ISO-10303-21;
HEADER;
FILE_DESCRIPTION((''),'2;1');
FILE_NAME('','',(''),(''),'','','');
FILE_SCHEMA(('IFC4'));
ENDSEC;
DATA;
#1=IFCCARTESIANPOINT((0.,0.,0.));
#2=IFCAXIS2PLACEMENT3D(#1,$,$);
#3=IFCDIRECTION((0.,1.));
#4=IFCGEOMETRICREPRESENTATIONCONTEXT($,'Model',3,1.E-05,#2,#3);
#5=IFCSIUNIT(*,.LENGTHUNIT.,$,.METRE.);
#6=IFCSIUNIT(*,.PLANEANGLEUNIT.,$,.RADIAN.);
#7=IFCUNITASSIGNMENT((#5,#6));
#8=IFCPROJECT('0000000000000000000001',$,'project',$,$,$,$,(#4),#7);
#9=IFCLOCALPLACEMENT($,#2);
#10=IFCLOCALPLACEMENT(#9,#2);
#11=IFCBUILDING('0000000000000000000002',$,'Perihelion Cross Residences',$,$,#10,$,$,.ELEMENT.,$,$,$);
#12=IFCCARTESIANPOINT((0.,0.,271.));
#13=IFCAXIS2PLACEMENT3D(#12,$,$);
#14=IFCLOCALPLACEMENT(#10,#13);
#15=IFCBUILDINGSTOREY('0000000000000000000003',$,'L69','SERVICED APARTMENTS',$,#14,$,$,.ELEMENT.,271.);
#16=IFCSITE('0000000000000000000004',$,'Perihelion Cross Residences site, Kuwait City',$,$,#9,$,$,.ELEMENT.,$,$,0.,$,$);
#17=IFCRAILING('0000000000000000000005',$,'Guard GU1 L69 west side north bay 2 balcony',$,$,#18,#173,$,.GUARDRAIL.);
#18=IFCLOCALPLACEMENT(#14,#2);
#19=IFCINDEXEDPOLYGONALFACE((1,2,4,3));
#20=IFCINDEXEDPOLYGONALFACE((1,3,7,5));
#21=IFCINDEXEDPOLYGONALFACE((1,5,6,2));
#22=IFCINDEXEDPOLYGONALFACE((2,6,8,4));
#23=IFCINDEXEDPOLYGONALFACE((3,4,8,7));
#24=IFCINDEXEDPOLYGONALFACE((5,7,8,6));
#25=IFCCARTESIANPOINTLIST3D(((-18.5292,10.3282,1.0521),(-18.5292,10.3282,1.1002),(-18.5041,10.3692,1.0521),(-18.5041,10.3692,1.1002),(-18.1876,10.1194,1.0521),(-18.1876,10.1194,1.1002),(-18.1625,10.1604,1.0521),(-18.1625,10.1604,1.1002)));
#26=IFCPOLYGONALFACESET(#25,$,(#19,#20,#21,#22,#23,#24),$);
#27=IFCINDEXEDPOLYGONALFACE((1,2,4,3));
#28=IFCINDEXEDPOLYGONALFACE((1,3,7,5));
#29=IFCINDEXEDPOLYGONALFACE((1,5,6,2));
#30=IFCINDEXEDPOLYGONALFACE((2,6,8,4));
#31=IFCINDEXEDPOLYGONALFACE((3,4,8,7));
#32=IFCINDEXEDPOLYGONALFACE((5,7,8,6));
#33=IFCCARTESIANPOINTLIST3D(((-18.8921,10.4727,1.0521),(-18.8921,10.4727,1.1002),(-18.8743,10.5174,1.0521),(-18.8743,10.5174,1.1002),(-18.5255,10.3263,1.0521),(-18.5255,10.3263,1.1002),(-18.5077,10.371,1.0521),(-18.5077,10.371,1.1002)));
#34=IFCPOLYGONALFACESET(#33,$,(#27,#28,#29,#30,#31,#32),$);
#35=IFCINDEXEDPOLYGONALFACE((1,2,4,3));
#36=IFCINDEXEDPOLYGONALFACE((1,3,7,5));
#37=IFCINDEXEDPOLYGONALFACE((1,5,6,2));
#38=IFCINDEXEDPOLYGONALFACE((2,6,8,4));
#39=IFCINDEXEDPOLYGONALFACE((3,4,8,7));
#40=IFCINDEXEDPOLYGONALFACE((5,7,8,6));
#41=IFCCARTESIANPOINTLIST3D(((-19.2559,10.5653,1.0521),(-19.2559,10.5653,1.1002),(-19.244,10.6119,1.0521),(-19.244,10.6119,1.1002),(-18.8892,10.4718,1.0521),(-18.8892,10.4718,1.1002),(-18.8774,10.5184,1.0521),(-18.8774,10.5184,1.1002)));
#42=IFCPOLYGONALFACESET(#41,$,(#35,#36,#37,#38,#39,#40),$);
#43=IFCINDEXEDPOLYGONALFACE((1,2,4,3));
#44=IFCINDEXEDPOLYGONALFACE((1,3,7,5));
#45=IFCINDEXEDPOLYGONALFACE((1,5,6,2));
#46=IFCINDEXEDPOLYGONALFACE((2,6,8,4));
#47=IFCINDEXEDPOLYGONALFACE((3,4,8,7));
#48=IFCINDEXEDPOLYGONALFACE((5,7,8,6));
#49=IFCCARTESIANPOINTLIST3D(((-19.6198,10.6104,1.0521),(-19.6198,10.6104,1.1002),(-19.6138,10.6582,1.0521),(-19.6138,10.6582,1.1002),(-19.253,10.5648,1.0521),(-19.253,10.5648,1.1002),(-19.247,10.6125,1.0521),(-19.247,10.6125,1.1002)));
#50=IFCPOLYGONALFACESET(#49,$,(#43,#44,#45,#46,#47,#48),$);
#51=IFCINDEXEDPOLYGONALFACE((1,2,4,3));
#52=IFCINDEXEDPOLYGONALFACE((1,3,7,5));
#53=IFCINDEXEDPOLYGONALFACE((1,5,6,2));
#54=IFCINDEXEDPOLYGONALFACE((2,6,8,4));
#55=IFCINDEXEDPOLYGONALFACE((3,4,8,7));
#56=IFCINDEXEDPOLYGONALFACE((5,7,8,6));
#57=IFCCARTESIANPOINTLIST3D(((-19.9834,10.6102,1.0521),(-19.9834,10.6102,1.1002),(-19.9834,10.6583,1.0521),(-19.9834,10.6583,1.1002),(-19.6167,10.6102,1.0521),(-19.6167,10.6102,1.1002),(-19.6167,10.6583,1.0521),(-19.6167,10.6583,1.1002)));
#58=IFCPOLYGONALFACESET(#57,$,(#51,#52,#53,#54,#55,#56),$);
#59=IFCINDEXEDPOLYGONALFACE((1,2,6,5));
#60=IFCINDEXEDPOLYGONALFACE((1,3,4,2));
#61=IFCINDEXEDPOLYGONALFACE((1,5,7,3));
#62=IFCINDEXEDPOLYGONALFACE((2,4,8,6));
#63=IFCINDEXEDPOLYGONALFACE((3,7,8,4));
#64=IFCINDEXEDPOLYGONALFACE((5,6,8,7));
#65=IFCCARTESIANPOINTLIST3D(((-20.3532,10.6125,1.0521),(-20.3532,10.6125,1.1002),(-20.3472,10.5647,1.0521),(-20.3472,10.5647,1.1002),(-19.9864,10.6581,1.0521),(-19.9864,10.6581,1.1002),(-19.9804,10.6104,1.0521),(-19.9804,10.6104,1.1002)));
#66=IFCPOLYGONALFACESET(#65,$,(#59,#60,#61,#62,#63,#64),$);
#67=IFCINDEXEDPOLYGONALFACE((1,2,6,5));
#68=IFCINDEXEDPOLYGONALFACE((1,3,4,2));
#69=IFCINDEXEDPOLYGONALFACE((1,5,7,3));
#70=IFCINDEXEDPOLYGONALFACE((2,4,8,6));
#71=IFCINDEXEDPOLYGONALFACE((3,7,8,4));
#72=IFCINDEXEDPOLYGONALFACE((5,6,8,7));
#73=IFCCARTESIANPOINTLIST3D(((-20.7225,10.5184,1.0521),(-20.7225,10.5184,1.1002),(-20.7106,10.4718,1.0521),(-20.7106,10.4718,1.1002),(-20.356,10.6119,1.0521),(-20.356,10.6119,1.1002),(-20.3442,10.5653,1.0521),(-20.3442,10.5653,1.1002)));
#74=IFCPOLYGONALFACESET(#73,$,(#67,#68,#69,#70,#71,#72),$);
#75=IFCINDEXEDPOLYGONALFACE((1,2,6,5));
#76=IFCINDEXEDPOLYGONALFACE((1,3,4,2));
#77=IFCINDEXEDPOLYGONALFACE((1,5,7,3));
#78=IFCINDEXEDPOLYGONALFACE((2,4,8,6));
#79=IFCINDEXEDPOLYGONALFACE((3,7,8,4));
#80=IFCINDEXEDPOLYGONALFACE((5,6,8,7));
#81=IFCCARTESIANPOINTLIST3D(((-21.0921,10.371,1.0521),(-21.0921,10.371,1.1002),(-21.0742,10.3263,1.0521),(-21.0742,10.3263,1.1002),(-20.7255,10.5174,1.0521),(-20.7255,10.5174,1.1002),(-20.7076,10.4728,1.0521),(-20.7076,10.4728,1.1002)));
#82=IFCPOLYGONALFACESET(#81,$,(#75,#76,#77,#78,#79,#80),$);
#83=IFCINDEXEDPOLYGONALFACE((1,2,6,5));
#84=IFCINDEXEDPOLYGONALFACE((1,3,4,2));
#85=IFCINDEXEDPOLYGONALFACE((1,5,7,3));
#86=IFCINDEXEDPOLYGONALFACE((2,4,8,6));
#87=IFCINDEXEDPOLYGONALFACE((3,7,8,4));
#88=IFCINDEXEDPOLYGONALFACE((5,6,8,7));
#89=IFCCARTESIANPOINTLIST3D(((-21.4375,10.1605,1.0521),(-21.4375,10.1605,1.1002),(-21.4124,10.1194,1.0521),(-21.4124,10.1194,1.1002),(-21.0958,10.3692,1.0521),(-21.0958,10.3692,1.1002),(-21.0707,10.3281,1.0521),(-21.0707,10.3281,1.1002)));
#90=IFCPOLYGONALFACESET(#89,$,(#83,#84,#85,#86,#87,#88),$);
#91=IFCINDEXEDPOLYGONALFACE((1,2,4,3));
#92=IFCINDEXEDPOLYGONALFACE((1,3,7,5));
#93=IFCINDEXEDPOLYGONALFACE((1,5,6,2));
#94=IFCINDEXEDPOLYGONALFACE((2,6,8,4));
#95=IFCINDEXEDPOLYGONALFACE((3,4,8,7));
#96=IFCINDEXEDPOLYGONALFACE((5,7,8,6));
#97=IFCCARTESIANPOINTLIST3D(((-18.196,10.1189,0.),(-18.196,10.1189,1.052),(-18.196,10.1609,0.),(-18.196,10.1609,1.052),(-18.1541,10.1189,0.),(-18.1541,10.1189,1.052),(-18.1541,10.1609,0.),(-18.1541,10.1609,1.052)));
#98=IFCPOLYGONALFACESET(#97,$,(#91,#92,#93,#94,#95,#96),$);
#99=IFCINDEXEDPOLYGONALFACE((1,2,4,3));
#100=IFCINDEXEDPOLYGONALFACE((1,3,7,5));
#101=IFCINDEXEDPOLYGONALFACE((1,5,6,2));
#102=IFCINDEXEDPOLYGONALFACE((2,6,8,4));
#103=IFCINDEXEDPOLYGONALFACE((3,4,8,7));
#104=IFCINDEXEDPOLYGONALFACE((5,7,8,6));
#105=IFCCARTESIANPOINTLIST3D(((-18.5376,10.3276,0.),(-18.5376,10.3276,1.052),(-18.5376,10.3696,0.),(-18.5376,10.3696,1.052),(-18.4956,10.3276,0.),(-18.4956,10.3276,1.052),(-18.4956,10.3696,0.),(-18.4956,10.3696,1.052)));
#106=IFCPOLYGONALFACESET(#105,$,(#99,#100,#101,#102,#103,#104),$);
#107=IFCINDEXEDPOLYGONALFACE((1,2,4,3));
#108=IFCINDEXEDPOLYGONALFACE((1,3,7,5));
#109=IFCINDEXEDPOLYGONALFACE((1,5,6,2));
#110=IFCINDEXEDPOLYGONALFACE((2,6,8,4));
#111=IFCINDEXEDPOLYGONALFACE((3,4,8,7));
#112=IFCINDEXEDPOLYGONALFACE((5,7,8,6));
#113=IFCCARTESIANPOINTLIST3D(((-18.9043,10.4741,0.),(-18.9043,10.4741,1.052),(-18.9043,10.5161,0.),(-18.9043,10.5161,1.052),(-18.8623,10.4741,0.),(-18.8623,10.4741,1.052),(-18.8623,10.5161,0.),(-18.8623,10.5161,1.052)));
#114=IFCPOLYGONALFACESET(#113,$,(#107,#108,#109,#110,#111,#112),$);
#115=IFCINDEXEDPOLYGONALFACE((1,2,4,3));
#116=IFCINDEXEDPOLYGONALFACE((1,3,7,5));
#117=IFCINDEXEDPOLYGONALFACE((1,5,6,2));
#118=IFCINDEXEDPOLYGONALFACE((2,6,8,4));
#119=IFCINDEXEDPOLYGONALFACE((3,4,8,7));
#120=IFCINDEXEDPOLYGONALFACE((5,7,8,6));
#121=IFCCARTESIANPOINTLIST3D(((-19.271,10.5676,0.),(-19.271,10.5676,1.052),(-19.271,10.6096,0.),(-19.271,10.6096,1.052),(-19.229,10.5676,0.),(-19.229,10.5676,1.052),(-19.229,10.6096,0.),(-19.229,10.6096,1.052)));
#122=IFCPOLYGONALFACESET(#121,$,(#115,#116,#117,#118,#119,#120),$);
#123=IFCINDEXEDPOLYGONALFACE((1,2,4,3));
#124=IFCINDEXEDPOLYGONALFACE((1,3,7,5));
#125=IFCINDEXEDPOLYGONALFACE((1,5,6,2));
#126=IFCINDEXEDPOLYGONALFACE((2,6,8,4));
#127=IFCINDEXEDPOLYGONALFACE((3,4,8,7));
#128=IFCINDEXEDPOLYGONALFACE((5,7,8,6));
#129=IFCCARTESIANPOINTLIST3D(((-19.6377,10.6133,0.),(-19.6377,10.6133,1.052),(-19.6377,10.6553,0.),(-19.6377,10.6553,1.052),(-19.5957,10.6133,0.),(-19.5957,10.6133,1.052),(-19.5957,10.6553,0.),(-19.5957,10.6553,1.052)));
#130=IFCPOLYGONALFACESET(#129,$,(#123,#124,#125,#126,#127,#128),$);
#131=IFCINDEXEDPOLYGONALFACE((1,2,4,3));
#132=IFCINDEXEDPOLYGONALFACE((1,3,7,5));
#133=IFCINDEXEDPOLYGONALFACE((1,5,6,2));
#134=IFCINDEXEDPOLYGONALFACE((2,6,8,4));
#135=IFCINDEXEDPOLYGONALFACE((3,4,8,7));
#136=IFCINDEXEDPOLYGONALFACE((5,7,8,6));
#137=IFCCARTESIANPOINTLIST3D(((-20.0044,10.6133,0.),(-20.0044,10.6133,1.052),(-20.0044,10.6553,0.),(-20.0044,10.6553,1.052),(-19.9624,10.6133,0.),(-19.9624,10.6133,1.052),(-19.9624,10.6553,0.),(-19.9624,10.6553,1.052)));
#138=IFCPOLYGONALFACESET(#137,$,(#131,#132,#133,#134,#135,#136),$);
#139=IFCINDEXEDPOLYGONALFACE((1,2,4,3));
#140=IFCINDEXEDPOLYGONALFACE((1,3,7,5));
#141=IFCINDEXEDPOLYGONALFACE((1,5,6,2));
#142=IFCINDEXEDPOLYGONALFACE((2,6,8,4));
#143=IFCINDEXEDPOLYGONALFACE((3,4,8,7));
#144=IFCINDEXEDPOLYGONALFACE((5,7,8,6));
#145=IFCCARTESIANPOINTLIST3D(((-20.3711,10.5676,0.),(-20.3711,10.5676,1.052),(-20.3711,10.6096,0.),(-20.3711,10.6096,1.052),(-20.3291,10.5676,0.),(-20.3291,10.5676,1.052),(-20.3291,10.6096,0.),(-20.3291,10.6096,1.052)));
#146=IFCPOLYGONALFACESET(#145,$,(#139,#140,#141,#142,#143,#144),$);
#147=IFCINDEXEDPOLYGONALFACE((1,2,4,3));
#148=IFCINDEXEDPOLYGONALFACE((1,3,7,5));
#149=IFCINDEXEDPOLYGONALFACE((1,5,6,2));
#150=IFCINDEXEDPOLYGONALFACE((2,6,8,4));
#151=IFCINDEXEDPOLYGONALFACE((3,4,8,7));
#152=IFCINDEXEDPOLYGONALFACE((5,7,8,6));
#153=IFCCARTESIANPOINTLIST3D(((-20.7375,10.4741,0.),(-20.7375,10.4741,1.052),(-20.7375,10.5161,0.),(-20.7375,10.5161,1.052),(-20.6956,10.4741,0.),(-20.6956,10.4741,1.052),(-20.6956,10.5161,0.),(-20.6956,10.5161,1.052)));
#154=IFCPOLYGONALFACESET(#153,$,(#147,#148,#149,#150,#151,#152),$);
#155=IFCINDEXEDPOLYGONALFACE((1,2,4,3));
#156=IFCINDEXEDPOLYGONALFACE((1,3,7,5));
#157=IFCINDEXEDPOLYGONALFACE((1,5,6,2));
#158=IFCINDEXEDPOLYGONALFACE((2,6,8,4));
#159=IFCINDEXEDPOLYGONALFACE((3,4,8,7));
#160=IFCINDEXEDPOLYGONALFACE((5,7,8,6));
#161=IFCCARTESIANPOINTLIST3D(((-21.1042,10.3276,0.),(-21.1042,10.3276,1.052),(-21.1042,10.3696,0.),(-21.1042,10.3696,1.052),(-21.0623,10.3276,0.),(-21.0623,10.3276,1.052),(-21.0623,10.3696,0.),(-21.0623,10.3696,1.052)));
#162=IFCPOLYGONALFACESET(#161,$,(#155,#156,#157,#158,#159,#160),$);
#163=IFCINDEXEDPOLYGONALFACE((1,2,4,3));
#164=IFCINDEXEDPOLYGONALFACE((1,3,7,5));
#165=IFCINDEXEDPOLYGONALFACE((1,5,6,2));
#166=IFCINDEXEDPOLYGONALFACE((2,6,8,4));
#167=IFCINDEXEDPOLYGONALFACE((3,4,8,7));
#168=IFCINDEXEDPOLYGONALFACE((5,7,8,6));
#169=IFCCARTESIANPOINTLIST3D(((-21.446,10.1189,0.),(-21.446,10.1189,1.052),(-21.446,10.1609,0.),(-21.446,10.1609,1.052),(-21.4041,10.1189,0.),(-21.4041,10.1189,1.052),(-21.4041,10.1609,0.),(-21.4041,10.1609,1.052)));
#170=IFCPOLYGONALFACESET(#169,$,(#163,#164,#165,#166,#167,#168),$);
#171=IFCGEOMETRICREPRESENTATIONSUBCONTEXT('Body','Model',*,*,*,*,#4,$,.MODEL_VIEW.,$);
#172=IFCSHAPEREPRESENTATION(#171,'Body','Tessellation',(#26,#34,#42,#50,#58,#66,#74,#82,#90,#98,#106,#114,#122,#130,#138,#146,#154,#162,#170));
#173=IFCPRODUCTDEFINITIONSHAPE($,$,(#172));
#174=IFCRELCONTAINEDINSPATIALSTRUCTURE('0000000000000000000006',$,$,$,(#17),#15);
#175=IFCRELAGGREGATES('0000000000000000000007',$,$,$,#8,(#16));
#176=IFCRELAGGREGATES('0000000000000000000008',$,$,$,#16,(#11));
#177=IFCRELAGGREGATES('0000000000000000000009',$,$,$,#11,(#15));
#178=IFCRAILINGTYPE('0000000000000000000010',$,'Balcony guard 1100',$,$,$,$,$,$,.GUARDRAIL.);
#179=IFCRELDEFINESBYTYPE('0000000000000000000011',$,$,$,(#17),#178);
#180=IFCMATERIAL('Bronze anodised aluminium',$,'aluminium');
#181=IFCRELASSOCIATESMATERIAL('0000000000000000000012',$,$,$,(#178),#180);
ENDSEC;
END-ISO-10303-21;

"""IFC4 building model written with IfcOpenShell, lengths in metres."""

from ifc_helpers import new_model, si_unit, direction, frame, origin, origin_2d, place, context, subcontext, project, spatial, rectangle, extrude, material, type_object, element, save


model = new_model("IFC4")

# Units and contexts
model_context = context("Model", 3, precision=1e-05, world=origin(), true_north=direction((0.0, 1.0)))
body_context = subcontext(model_context, "Body", "Model", "MODEL_VIEW")
ifc_project = project(units=[si_unit("LENGTHUNIT", "METRE"), si_unit("PLANEANGLEUNIT", "RADIAN")], contexts=[model_context])

# Site, building, storey
site_placement = place(None, origin())
site = spatial("IfcSite", under=ifc_project, at=site_placement, Name="Perihelion Cross Residences site, Kuwait City", CompositionType="ELEMENT", RefElevation=0.0)
building_placement = place(site_placement, origin())
building = spatial("IfcBuilding", under=site, at=building_placement, Name="Perihelion Cross Residences", CompositionType="ELEMENT")
storey_placement = place(building_placement, frame((0.0, 0.0, 271.0)))
storey = spatial("IfcBuildingStorey", under=building, at=storey_placement, Name="L69", Description="SERVICED APARTMENTS", CompositionType="ELEMENT", Elevation=271.0)

# Railing
ifc_material_1 = material(Name="Bronze anodised aluminium", Category="aluminium")
railing_type = type_object("IfcRailingType", Name="Balcony guard 1100", PredefinedType="GUARDRAIL", material=ifc_material_1)
railing_placement = place(storey_placement, frame((-18.175, 10.1399, 0.0)))
element("IfcRailing", 1, at=railing_placement, inside=storey, type_object=railing_type, Name="Guard GU1 L69 west side north bay 2 balcony", PredefinedType="GUARDRAIL", context=body_context, shape_type="SweptSolid", body=[
    extrude(rectangle(XDim=0.0481, YDim=0.0481, at=origin_2d()), frame((0.0, 0.0, 1.0762), z_axis=(-0.853267, 0.521475, 0.0), x_axis=(-0.521475, -0.853267, 0.0)), (0.0, 0.0, 1.0), 0.4004),
    extrude(rectangle(XDim=0.0481, YDim=0.0481, at=origin_2d()), frame((-0.3416, 0.2087, 1.0762), z_axis=(-0.928647, 0.370964, 0.0), x_axis=(-0.370964, -0.928647, 0.0)), (0.0, 0.0, 1.0), 0.3948),
    extrude(rectangle(XDim=0.0481, YDim=0.0481, at=origin_2d()), frame((-0.7083, 0.3552, 1.0762), z_axis=(-0.968993, 0.247087, 0.0), x_axis=(-0.247087, -0.968993, 0.0)), (0.0, 0.0, 1.0), 0.3784),
    extrude(rectangle(XDim=0.0481, YDim=0.0481, at=origin_2d()), frame((-1.075, 0.4487, 1.0762), z_axis=(-0.992339, 0.123547, 0.0), x_axis=(-0.123547, -0.992339, 0.0)), (0.0, 0.0, 1.0), 0.3696),
    extrude(rectangle(XDim=0.0481, YDim=0.0481, at=origin_2d()), frame((-1.4417, 0.4944, 1.0762), z_axis=(-1.0, 0.0, 0.0), x_axis=(0.0, -1.0, 0.0)), (0.0, 0.0, 1.0), 0.3667),
    extrude(rectangle(XDim=0.0481, YDim=0.0481, at=origin_2d()), frame((-1.8083, 0.4944, 1.0762), z_axis=(-0.992339, -0.123547, 0.0), x_axis=(0.123547, -0.992339, 0.0)), (0.0, 0.0, 1.0), 0.3696),
    extrude(rectangle(XDim=0.0481, YDim=0.0481, at=origin_2d()), frame((-2.175, 0.4487, 1.0762), z_axis=(-0.968954, -0.247241, 0.0), x_axis=(0.247241, -0.968954, 0.0)), (0.0, 0.0, 1.0), 0.3782),
    extrude(rectangle(XDim=0.0481, YDim=0.0481, at=origin_2d()), frame((-2.5415, 0.3552, 1.0762), z_axis=(-0.928647, -0.370964, 0.0), x_axis=(0.370964, -0.928647, 0.0)), (0.0, 0.0, 1.0), 0.3948),
    extrude(rectangle(XDim=0.0481, YDim=0.0481, at=origin_2d()), frame((-2.9082, 0.2087, 1.0762), z_axis=(-0.853432, -0.521203, 0.0), x_axis=(0.521203, -0.853432, 0.0)), (0.0, 0.0, 1.0), 0.4004),
    extrude(rectangle(XDim=0.042, YDim=0.042, at=origin_2d()), origin(), (0.0, 0.0, 1.0), 1.052),
    extrude(rectangle(XDim=0.042, YDim=0.042, at=origin_2d()), frame((-0.3416, 0.2087, 0.0)), (0.0, 0.0, 1.0), 1.052),
    extrude(rectangle(XDim=0.042, YDim=0.042, at=origin_2d()), frame((-0.7083, 0.3552, 0.0)), (0.0, 0.0, 1.0), 1.052),
    extrude(rectangle(XDim=0.042, YDim=0.042, at=origin_2d()), frame((-1.075, 0.4487, 0.0)), (0.0, 0.0, 1.0), 1.052),
    extrude(rectangle(XDim=0.042, YDim=0.042, at=origin_2d()), frame((-1.4417, 0.4944, 0.0)), (0.0, 0.0, 1.0), 1.052),
    extrude(rectangle(XDim=0.042, YDim=0.042, at=origin_2d()), frame((-1.8083, 0.4944, 0.0)), (0.0, 0.0, 1.0), 1.052),
    extrude(rectangle(XDim=0.042, YDim=0.042, at=origin_2d()), frame((-2.175, 0.4487, 0.0)), (0.0, 0.0, 1.0), 1.052),
    extrude(rectangle(XDim=0.042, YDim=0.042, at=origin_2d()), frame((-2.5415, 0.3552, 0.0)), (0.0, 0.0, 1.0), 1.052),
    extrude(rectangle(XDim=0.042, YDim=0.042, at=origin_2d()), frame((-2.9082, 0.2087, 0.0)), (0.0, 0.0, 1.0), 1.052),
    extrude(rectangle(XDim=0.042, YDim=0.042, at=origin_2d()), frame((-3.25, 0.0, 0.0)), (0.0, 0.0, 1.0), 1.052),
])

save(model, "model.ifc")
